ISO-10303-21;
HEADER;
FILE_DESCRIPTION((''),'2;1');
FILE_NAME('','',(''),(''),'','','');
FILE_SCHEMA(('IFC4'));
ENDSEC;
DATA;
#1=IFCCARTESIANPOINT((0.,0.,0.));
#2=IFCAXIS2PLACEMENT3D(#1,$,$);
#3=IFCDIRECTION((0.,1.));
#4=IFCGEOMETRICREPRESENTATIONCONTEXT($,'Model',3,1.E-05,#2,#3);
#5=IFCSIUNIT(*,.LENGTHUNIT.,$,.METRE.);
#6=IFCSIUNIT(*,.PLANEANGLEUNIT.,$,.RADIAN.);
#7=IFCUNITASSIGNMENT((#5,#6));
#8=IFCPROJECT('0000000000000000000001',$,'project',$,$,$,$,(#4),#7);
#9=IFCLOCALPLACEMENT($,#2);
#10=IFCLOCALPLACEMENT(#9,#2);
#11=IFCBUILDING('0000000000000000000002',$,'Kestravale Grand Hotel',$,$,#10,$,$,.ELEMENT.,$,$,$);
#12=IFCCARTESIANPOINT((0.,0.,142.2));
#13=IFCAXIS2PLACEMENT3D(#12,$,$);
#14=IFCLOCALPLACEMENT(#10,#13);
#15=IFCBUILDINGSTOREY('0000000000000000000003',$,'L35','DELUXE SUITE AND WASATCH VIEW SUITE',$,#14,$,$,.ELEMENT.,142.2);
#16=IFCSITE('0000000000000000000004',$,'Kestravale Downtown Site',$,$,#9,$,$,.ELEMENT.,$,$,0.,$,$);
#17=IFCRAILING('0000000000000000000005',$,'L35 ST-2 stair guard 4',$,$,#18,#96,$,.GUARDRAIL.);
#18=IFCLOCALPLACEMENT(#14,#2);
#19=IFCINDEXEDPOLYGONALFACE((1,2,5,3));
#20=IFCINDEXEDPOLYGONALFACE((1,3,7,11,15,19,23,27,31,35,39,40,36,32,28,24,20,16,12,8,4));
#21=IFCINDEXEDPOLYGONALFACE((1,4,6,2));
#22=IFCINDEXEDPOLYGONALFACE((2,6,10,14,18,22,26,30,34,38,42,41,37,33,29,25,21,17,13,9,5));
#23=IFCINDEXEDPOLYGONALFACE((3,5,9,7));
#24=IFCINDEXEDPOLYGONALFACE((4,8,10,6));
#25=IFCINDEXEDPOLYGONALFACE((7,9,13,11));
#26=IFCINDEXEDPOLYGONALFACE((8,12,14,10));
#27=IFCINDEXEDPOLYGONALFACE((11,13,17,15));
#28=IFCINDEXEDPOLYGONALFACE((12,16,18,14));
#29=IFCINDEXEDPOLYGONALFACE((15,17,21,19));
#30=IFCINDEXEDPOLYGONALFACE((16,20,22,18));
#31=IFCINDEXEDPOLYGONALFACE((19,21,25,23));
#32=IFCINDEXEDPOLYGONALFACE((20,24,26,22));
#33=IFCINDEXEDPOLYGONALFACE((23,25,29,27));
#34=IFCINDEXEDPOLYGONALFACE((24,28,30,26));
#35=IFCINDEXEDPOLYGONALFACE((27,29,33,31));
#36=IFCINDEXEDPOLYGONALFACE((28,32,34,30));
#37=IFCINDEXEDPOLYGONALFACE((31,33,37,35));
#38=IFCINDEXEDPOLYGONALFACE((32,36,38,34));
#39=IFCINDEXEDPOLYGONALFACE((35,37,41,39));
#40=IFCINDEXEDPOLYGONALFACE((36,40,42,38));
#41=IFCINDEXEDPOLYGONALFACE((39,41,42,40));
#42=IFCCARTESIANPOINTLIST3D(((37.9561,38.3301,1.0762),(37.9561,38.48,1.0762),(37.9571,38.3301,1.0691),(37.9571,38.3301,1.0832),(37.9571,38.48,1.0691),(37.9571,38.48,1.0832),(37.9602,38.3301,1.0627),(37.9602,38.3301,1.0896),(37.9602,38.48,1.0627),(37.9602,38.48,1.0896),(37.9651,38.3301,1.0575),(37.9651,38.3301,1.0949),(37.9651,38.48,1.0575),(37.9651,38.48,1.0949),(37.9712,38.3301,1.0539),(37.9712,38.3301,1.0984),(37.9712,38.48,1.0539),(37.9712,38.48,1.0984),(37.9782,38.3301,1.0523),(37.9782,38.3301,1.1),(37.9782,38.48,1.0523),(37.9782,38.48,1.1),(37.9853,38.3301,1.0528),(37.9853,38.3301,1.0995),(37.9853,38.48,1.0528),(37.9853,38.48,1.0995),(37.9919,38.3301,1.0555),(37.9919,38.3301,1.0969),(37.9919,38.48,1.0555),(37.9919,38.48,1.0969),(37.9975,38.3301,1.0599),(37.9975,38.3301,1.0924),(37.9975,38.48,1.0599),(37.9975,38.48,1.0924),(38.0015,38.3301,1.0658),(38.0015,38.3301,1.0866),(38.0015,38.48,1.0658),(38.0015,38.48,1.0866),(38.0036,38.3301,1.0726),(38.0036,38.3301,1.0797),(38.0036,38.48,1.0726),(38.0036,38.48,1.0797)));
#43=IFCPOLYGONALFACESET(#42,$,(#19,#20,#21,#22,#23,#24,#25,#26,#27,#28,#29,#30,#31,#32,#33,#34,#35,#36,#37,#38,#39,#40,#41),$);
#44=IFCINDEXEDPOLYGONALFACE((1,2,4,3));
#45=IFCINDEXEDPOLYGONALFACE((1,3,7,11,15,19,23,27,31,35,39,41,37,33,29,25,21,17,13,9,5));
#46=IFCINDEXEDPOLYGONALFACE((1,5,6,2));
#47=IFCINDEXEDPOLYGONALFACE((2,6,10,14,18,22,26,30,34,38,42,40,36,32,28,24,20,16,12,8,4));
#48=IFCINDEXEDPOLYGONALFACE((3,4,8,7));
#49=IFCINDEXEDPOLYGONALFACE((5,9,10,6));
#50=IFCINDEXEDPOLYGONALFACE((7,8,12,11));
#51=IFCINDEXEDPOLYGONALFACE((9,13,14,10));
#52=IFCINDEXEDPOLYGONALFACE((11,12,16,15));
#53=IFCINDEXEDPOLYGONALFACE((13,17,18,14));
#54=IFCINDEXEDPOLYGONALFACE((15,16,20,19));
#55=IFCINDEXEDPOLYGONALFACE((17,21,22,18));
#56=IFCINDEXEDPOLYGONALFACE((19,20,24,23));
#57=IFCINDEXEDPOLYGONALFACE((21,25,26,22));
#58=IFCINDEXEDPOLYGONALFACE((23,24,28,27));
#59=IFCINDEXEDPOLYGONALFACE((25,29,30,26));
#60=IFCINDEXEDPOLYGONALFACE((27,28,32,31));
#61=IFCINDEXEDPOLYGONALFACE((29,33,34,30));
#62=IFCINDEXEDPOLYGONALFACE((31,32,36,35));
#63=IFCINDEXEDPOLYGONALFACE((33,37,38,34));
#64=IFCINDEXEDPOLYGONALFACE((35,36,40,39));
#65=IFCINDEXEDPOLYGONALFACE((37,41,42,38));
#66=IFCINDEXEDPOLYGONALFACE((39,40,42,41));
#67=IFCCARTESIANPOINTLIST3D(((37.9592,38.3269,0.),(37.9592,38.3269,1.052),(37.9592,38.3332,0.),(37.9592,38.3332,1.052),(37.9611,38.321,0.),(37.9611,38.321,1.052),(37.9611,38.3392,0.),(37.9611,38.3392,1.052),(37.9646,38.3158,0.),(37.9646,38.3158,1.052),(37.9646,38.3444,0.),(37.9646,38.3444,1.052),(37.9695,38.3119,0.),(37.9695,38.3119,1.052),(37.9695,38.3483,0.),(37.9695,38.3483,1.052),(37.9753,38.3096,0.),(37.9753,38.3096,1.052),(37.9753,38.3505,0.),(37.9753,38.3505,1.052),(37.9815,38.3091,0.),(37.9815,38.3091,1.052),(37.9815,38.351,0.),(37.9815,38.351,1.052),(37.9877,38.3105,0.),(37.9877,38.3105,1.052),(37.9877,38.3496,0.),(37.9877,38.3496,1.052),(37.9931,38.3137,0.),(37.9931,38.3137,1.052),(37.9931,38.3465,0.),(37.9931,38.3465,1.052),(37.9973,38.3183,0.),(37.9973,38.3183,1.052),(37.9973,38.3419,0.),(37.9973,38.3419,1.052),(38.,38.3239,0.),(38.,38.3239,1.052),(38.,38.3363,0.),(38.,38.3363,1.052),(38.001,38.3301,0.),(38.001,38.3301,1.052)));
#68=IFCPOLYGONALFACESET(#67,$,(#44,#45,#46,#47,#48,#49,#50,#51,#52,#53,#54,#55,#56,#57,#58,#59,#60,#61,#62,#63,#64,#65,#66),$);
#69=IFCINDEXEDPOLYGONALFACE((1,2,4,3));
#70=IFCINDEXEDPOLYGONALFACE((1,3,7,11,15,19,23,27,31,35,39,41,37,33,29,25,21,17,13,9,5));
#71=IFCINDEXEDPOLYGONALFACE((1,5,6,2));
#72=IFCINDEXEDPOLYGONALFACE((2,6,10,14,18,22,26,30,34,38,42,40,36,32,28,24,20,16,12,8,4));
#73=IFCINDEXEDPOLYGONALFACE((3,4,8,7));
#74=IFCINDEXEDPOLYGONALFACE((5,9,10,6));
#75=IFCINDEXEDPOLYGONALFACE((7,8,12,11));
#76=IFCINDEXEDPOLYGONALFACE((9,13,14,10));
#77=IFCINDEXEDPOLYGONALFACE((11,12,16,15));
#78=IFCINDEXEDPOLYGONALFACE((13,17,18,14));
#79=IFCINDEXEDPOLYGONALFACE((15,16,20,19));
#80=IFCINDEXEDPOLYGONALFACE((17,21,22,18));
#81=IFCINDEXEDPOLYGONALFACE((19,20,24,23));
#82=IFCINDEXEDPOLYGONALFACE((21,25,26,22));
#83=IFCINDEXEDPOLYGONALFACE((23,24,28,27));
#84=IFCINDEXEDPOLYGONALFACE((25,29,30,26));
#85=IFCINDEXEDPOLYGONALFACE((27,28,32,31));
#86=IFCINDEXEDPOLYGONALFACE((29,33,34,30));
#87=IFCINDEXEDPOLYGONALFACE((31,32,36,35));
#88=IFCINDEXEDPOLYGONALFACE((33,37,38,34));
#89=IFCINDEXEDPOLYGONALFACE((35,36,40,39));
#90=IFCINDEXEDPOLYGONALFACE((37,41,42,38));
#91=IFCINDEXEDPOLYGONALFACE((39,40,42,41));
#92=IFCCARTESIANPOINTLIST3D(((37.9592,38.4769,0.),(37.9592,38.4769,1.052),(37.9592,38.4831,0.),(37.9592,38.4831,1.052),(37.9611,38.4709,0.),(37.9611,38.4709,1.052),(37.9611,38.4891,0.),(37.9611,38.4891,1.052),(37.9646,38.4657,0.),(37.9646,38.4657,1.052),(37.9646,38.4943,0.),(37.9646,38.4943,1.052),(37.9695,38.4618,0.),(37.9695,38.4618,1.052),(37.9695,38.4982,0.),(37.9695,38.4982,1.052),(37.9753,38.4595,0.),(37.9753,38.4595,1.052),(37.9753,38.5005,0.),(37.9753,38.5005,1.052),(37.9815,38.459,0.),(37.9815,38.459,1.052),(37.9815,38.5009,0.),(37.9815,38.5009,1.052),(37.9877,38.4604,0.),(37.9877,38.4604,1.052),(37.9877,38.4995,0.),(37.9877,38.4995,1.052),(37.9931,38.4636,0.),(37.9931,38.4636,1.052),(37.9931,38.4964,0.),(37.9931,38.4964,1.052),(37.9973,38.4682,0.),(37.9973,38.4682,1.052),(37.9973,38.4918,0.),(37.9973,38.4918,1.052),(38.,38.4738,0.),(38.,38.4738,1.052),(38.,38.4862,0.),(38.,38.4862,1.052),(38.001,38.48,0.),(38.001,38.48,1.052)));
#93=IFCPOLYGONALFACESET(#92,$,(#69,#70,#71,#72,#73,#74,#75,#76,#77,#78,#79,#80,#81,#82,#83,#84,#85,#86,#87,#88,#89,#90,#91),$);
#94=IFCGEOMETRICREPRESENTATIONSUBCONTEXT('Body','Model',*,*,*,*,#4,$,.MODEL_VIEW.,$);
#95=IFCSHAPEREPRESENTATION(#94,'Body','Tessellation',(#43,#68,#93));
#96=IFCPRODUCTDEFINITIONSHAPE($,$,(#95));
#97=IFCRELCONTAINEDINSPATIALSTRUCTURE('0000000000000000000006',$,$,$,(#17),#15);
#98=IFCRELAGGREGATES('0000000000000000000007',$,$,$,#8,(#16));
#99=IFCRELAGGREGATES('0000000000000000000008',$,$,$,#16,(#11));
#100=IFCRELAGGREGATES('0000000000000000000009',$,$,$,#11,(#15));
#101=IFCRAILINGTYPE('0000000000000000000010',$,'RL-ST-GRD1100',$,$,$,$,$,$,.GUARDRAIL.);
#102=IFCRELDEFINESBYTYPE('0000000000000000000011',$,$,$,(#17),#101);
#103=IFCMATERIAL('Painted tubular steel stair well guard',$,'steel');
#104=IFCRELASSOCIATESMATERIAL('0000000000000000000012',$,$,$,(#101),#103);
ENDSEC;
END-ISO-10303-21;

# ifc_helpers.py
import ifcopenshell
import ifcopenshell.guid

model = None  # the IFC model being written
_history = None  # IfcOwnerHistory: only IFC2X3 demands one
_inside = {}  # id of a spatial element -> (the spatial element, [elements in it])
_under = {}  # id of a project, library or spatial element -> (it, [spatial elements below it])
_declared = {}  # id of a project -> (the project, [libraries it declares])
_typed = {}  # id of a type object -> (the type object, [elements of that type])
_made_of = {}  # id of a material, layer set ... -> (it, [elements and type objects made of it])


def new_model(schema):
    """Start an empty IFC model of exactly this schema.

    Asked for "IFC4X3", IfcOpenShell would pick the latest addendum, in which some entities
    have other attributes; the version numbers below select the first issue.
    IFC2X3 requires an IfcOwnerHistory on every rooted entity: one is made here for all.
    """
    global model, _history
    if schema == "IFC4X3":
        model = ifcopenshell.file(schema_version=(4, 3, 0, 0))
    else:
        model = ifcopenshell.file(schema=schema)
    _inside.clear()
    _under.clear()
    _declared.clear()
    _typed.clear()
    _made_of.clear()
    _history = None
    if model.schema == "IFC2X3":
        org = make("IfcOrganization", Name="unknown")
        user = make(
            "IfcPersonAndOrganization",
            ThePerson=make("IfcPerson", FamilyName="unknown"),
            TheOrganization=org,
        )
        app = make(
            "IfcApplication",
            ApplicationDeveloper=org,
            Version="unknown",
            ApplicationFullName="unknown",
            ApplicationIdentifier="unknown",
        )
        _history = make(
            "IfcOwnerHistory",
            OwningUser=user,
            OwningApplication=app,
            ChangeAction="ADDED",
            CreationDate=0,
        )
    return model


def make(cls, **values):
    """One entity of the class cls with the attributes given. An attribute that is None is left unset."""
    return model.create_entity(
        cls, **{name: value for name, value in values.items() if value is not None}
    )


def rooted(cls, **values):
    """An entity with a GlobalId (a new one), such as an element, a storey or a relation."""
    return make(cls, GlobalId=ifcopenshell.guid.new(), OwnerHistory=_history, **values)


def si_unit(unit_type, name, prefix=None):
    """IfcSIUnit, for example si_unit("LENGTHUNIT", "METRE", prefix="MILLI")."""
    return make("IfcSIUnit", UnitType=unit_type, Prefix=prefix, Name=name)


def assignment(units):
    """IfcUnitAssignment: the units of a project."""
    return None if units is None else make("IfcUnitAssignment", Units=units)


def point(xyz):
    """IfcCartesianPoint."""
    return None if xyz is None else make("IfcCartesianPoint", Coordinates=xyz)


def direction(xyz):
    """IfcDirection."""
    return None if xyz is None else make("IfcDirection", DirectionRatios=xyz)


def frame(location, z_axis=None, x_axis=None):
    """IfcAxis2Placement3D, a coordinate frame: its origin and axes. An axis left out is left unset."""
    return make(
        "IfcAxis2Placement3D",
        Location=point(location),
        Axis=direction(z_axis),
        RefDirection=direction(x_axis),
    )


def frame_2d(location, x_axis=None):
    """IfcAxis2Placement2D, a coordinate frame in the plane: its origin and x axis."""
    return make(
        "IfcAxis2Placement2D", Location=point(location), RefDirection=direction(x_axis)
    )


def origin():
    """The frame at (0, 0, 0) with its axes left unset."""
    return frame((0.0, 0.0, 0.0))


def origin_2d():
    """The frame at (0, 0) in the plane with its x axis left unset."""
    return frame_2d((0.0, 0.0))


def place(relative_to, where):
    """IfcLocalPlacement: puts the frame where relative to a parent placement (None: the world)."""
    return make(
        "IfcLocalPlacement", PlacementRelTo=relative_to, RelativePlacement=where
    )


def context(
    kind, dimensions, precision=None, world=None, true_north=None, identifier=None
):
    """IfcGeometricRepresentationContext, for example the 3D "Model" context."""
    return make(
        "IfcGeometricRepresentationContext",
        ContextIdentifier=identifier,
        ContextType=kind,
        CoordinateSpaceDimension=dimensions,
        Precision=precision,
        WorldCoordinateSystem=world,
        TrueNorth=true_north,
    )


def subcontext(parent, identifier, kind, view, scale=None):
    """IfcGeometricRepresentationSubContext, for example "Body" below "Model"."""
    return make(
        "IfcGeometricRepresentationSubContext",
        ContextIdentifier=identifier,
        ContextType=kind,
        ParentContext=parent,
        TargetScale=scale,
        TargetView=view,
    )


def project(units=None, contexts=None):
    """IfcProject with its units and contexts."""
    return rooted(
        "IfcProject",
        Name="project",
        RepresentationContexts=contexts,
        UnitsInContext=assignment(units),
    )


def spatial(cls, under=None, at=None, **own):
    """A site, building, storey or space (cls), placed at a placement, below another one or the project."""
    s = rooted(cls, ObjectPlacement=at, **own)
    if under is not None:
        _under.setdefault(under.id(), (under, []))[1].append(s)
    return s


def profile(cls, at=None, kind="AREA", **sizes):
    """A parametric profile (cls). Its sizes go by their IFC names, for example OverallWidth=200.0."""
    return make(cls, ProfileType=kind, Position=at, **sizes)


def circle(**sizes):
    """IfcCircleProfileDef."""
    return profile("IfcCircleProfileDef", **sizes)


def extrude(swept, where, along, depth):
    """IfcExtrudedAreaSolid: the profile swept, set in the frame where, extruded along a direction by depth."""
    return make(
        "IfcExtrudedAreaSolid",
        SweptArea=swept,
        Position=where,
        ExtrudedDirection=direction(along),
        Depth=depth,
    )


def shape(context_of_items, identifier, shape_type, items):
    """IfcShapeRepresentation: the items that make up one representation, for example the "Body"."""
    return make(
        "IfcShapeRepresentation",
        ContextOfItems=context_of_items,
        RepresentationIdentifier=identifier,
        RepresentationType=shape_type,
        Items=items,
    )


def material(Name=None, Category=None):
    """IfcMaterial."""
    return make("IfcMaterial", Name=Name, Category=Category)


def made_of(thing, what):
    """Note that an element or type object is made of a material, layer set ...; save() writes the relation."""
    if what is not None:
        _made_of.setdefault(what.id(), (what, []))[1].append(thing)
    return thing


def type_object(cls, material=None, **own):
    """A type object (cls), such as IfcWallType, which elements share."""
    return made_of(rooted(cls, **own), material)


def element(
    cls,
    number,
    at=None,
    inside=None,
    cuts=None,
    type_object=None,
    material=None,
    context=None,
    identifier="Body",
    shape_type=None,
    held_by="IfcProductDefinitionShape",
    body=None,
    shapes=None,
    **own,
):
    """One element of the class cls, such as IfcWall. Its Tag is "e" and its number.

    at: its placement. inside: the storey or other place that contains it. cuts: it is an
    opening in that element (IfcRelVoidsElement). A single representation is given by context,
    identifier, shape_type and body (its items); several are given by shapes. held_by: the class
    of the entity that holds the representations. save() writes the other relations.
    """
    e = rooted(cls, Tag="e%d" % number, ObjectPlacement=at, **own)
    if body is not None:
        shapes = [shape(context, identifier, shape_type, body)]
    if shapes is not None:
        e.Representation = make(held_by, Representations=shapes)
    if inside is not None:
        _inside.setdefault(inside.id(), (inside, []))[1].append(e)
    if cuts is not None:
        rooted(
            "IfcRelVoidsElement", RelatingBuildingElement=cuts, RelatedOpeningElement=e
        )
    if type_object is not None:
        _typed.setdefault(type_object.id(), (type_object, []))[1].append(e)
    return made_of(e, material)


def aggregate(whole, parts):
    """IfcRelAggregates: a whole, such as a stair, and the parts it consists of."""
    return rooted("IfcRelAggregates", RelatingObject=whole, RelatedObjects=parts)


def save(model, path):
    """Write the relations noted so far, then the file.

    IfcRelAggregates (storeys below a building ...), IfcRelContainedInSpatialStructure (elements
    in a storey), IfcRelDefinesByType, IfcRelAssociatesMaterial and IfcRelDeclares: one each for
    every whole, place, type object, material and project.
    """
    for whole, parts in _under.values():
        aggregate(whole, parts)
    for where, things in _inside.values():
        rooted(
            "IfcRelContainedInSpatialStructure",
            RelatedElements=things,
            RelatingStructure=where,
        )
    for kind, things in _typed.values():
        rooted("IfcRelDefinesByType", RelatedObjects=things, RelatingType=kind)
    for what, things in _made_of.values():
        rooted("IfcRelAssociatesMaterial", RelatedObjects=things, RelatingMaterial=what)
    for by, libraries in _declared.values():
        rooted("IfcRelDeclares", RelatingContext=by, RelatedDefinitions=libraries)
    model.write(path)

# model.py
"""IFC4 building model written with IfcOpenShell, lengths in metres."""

from ifc_helpers import new_model, si_unit, direction, frame, origin, origin_2d, place, context, subcontext, project, spatial, circle, extrude, material, type_object, element, save


model = new_model("IFC4")

# Units and contexts
model_context = context("Model", 3, precision=1e-05, world=origin(), true_north=direction((0.0, 1.0)))
body_context = subcontext(model_context, "Body", "Model", "MODEL_VIEW")
ifc_project = project(units=[si_unit("LENGTHUNIT", "METRE"), si_unit("PLANEANGLEUNIT", "RADIAN")], contexts=[model_context])

# Site, building, storey
site_placement = place(None, origin())
site = spatial("IfcSite", under=ifc_project, at=site_placement, Name="Kestravale Downtown Site", CompositionType="ELEMENT", RefElevation=0.0)
building_placement = place(site_placement, origin())
building = spatial("IfcBuilding", under=site, at=building_placement, Name="Kestravale Grand Hotel", CompositionType="ELEMENT")
storey_placement = place(building_placement, frame((0.0, 0.0, 142.2)))
storey = spatial("IfcBuildingStorey", under=building, at=storey_placement, Name="L35", Description="DELUXE SUITE AND WASATCH VIEW SUITE", CompositionType="ELEMENT", Elevation=142.2)

# Railing
ifc_material_1 = material(Name="Painted tubular steel stair well guard", Category="steel")
railing_type_1 = type_object("IfcRailingType", Name="RL-ST-GRD1100", PredefinedType="GUARDRAIL", material=ifc_material_1)
railing_1_placement = place(storey_placement, frame((37.98, 38.3301, 0.0)))
element("IfcRailing", 1, at=railing_1_placement, inside=storey, type_object=railing_type_1, Name="L35 ST-2 stair guard 4", PredefinedType="GUARDRAIL", context=body_context, shape_type="SweptSolid", body=[
    extrude(circle(Radius=0.0239, at=origin_2d()), frame((0.0, 0.0, 1.0762), z_axis=(0.0, 1.0, 0.0), x_axis=(-1.0, 0.0, 0.0)), (0.0, 0.0, 1.0), 0.1499),
    extrude(circle(Radius=0.021, at=origin_2d()), origin(), (0.0, 0.0, 1.0), 1.052),
    extrude(circle(Radius=0.021, at=origin_2d()), frame((0.0, 0.1499, 0.0)), (0.0, 0.0, 1.0), 1.052),
])

save(model, "model.ifc")
